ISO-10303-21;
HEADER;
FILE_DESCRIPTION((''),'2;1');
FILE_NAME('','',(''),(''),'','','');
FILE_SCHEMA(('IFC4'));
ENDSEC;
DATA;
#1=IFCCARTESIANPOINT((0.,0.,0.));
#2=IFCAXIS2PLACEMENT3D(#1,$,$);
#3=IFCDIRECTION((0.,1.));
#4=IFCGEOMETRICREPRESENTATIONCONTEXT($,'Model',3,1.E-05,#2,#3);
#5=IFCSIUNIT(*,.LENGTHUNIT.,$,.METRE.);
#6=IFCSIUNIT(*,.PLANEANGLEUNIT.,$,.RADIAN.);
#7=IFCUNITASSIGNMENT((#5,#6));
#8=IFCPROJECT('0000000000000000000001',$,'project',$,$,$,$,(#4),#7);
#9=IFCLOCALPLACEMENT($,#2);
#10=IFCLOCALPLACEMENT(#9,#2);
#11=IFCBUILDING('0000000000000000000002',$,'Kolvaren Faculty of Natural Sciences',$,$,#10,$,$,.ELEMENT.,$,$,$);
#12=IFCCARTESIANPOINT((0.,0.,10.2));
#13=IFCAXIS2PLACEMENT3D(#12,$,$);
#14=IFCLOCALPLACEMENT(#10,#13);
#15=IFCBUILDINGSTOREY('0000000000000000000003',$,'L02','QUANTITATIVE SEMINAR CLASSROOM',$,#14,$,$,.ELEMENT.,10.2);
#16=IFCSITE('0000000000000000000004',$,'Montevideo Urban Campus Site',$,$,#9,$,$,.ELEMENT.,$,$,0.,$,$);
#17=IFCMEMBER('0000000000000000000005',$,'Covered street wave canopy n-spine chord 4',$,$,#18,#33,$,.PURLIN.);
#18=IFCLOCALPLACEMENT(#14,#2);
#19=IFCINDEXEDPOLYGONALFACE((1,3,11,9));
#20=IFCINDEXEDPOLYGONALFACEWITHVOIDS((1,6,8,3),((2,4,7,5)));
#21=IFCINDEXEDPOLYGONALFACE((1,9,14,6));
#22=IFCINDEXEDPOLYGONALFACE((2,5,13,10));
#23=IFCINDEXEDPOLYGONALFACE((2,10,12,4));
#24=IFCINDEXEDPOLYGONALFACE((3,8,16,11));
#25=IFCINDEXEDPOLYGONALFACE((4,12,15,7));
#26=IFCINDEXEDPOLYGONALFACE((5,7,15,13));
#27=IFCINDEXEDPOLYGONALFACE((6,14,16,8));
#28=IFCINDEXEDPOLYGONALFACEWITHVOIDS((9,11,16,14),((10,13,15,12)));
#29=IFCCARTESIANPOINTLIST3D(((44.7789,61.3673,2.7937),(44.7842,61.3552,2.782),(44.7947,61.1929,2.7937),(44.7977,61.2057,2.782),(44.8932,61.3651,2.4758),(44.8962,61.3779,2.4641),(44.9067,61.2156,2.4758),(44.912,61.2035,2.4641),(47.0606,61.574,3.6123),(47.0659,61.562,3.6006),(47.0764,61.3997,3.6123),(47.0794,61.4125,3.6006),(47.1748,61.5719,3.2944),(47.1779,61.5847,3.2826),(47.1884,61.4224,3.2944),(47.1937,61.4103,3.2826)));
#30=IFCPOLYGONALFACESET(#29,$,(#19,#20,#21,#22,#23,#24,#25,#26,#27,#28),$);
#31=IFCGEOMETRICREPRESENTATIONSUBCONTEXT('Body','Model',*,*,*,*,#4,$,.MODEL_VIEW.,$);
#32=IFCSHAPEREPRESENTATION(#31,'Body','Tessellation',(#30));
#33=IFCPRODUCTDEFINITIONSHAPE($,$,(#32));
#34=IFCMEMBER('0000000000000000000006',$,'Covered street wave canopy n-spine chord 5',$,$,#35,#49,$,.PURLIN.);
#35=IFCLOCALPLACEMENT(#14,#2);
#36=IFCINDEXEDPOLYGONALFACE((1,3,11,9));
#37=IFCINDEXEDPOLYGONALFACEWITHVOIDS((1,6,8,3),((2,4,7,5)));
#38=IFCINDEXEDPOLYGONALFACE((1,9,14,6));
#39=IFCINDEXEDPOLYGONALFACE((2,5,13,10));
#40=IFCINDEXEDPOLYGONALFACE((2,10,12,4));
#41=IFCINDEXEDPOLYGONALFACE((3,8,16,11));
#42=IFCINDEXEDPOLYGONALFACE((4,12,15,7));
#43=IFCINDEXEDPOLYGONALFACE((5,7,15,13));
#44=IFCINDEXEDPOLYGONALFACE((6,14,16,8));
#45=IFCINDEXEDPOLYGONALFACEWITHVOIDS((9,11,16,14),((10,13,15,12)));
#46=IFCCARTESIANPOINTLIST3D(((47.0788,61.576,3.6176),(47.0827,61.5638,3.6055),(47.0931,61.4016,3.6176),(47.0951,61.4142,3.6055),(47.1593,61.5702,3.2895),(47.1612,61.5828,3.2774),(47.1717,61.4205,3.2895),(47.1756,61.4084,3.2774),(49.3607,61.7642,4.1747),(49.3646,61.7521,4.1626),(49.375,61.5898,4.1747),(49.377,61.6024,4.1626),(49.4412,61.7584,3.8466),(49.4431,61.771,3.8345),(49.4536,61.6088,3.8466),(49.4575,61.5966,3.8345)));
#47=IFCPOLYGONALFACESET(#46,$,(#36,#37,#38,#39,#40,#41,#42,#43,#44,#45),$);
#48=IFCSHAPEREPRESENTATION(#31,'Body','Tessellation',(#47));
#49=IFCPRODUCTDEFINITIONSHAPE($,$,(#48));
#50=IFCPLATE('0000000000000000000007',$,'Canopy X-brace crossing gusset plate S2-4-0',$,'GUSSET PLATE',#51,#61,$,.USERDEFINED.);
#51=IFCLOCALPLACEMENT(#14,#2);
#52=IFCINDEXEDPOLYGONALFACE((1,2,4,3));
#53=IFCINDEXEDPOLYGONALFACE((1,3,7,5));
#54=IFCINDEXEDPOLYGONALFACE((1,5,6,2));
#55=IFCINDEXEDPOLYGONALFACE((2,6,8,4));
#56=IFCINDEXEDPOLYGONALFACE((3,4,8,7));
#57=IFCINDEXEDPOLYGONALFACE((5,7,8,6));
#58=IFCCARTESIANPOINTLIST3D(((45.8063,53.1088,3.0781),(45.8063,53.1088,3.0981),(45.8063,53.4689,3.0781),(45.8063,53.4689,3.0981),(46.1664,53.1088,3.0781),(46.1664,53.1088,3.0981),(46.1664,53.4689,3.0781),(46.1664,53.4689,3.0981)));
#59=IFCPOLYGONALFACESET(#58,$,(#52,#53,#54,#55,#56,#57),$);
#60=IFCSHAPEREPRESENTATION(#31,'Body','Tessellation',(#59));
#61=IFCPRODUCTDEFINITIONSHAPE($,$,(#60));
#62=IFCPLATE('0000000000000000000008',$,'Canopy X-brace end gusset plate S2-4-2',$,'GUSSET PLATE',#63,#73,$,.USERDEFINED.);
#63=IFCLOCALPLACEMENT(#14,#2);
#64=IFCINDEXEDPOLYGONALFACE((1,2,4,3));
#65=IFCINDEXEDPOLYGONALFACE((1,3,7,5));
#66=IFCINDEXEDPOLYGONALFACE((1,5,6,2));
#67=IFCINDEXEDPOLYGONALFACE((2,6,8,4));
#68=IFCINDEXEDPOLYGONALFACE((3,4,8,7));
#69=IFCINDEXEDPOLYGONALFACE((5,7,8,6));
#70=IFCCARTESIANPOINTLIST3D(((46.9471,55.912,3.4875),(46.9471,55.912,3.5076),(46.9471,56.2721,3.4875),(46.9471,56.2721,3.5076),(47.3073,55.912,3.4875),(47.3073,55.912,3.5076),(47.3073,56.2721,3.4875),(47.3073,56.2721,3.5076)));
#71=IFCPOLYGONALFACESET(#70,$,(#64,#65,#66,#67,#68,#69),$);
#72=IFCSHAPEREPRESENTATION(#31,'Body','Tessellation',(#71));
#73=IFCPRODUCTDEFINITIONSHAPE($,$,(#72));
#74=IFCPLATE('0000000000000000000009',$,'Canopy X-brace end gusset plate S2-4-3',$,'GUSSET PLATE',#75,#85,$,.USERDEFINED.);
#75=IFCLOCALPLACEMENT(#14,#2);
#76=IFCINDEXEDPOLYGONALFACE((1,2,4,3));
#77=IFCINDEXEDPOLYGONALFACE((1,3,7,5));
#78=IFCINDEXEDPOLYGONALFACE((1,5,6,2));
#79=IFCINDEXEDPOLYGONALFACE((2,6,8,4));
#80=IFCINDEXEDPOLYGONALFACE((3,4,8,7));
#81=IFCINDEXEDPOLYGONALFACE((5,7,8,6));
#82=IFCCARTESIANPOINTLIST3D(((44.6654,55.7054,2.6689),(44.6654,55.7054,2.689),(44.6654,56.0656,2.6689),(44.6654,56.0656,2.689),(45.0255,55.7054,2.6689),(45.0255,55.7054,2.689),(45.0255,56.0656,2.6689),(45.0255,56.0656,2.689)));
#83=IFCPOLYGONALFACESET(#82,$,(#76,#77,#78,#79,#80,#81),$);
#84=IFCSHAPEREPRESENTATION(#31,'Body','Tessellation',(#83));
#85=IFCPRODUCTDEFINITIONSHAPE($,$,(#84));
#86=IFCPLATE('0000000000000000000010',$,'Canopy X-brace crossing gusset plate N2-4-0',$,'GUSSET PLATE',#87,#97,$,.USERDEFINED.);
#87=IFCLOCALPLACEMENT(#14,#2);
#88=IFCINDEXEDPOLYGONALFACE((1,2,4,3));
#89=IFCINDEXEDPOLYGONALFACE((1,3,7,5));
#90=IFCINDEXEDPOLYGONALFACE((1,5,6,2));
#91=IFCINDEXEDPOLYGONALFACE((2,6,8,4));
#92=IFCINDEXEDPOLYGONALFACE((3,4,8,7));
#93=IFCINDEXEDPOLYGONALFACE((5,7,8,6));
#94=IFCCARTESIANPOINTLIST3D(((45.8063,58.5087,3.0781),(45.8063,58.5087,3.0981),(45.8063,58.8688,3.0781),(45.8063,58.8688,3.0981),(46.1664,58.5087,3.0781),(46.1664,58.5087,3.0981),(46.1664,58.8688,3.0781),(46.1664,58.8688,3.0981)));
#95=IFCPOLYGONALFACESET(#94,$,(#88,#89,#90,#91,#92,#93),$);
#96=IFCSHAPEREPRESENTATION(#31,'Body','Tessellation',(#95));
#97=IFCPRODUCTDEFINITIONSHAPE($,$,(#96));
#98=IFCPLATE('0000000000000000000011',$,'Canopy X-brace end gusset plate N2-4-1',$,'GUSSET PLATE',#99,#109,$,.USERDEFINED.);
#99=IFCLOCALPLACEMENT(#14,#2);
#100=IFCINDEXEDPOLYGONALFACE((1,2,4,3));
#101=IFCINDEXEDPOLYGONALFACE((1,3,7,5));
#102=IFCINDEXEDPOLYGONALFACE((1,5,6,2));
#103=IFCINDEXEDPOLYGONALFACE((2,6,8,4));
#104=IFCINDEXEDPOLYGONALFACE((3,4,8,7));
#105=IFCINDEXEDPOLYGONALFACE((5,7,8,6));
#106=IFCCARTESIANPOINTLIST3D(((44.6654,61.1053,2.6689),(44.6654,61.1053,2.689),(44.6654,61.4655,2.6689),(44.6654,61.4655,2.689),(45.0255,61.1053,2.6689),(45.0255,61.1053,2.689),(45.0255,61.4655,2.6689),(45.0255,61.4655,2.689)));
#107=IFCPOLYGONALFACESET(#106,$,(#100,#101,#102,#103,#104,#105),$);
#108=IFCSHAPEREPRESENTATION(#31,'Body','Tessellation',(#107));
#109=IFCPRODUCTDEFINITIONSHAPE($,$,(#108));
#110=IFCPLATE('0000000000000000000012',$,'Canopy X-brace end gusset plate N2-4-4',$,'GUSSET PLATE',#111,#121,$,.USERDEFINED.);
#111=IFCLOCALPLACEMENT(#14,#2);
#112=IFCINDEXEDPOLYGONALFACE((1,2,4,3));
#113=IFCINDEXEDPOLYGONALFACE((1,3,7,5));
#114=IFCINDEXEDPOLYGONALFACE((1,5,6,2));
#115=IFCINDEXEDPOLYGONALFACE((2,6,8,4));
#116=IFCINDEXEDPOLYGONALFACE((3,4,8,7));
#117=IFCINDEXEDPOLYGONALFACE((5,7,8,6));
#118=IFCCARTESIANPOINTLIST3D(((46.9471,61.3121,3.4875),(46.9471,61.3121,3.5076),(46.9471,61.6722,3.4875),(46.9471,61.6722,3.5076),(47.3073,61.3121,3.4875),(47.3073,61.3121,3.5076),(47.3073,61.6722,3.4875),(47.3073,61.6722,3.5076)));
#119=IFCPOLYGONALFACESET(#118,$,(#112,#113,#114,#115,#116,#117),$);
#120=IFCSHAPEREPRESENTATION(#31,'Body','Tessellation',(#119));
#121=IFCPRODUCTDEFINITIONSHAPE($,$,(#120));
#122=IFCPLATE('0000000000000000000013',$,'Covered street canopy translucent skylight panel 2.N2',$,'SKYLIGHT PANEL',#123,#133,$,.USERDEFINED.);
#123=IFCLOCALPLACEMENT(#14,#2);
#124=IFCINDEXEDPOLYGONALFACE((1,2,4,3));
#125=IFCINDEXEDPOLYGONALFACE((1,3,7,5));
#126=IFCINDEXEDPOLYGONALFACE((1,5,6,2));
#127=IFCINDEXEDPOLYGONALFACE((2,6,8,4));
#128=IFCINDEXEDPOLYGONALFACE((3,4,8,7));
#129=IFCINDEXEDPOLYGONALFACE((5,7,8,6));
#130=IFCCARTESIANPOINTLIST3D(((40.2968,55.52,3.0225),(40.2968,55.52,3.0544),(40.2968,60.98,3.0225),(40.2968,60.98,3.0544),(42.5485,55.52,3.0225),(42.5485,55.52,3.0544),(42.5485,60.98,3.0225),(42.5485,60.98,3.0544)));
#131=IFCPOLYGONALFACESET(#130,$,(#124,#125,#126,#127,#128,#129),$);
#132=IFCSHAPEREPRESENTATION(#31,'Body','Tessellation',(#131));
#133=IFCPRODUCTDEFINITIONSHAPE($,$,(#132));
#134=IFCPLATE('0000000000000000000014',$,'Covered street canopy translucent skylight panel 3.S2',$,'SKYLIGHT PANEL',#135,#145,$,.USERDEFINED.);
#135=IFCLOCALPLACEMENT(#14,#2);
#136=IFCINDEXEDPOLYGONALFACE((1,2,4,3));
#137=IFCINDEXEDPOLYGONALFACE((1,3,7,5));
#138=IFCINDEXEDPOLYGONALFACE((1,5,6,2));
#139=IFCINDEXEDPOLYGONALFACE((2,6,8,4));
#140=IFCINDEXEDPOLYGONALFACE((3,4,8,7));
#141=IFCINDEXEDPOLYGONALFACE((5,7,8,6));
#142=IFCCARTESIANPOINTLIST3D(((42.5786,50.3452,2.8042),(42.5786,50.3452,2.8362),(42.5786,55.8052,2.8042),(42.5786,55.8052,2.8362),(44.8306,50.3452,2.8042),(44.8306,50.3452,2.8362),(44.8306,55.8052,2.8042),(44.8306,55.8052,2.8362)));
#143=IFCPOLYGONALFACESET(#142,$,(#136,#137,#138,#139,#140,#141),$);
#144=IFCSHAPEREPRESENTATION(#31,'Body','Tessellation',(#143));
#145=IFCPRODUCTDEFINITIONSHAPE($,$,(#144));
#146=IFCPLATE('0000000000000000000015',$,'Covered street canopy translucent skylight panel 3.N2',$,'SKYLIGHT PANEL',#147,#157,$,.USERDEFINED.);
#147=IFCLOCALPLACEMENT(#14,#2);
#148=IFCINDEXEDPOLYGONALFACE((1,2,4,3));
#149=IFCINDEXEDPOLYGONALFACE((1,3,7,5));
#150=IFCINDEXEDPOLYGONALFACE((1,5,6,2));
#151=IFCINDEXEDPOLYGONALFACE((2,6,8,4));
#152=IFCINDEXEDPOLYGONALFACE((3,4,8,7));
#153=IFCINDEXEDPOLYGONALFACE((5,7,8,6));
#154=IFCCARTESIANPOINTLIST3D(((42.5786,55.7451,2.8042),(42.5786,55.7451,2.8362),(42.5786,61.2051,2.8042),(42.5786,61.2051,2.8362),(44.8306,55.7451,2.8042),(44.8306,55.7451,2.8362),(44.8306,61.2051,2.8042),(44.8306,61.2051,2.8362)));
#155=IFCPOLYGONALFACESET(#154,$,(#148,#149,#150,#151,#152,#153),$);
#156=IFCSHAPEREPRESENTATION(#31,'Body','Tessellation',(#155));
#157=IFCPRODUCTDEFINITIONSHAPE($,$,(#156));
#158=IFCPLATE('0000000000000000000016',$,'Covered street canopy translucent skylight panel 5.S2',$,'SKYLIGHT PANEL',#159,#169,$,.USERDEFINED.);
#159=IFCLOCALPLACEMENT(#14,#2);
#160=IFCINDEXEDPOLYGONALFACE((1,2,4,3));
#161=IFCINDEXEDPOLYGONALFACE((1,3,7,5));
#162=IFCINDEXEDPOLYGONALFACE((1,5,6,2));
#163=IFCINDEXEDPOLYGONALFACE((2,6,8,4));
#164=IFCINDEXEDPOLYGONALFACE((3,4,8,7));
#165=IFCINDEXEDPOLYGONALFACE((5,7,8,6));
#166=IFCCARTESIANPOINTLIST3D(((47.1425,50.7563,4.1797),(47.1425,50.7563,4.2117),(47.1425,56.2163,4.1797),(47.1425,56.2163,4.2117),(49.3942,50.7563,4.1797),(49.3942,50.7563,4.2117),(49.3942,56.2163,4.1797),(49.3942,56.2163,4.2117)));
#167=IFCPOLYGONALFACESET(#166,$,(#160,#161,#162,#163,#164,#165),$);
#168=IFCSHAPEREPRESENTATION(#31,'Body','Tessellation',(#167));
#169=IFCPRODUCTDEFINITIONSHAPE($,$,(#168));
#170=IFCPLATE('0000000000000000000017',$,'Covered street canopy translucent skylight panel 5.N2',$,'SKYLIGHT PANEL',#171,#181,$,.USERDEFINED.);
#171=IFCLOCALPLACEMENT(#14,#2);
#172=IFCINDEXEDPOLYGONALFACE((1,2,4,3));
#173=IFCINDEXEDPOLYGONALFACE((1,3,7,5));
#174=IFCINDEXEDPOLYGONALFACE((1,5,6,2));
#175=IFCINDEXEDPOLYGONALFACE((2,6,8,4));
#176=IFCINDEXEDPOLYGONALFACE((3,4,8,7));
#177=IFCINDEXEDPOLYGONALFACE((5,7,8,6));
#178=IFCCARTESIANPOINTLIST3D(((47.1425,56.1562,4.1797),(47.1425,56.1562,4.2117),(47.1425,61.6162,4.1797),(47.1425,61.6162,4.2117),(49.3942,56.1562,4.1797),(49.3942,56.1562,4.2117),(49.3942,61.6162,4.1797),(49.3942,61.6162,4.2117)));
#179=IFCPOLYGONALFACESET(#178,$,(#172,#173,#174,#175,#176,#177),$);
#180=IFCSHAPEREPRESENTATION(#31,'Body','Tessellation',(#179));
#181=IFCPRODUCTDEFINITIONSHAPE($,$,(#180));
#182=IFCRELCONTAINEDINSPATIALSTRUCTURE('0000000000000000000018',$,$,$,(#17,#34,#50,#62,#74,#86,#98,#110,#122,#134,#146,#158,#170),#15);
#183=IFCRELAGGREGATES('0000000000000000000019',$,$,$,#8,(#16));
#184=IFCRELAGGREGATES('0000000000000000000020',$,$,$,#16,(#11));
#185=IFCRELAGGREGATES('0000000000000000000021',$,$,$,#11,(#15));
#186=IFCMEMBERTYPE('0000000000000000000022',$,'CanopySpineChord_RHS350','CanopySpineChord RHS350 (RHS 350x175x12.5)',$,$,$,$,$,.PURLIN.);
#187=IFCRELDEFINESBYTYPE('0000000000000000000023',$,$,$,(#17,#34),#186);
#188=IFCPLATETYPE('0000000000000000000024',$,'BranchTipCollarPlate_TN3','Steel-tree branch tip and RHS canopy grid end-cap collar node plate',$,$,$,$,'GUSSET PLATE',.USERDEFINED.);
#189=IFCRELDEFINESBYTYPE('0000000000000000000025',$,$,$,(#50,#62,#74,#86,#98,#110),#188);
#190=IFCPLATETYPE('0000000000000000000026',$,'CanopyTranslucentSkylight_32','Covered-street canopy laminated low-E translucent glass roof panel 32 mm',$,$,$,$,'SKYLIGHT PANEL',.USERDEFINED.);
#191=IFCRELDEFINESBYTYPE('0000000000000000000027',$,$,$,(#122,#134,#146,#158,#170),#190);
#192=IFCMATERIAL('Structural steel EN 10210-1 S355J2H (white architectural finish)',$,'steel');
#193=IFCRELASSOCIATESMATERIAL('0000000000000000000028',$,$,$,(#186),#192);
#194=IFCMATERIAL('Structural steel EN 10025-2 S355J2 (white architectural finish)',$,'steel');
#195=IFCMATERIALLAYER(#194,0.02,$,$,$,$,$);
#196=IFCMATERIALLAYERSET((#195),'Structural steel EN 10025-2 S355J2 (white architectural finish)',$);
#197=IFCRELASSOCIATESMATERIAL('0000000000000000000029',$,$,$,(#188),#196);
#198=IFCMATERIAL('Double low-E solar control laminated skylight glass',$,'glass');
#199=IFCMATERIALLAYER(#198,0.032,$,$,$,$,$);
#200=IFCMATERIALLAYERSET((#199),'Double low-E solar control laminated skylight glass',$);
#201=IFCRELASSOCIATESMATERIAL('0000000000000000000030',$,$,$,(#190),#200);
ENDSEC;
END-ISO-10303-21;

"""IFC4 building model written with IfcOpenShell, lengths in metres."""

from ifc_helpers import new_model, si_unit, direction, frame, origin, origin_2d, place, context, subcontext, project, spatial, rectangle, hollow_rectangle, extrude, material, layer, layer_set, material_profile, profile_set, type_object, element, save


model = new_model("IFC4")

# Units and contexts
model_context = context("Model", 3, precision=1e-05, world=origin(), true_north=direction((0.0, 1.0)))
body_context = subcontext(model_context, "Body", "Model", "MODEL_VIEW")
ifc_project = project(units=[si_unit("LENGTHUNIT", "METRE"), si_unit("PLANEANGLEUNIT", "RADIAN")], contexts=[model_context])

# Site, building, storey
site_placement = place(None, origin())
site = spatial("IfcSite", under=ifc_project, at=site_placement, Name="Montevideo Urban Campus Site", CompositionType="ELEMENT", RefElevation=0.0)
building_placement = place(site_placement, origin())
building = spatial("IfcBuilding", under=site, at=building_placement, Name="Kolvaren Faculty of Natural Sciences", CompositionType="ELEMENT")
storey_placement = place(building_placement, frame((0.0, 0.0, 10.2)))
storey = spatial("IfcBuildingStorey", under=building, at=storey_placement, Name="L02", Description="QUANTITATIVE SEMINAR CLASSROOM", CompositionType="ELEMENT", Elevation=10.2)

# Members
ifc_material_1 = material(Name="Structural steel EN 10210-1 S355J2H (white architectural finish)", Category="steel")
ifc_material_profile_1 = material_profile(ifc_material_1, hollow_rectangle(XDim=0.175, YDim=0.3501, WallThickness=0.0125, at=origin_2d()), Name="RHS 350x175x12.5")
ifc_profile_set_1 = profile_set([ifc_material_profile_1], Name="Structural steel EN 10210-1 S355J2H (white architectural finish)")
member_type_1 = type_object("IfcMemberType", Name="CanopySpineChord_RHS350", Description="CanopySpineChord RHS350 (RHS 350x175x12.5)", PredefinedType="PURLIN", material=ifc_profile_set_1)
member_1_placement = place(storey_placement, frame((44.8455, 61.2854, 2.6289), z_axis=(0.937852, 0.084995, 0.336467), x_axis=(-0.090257, 0.995918, 0.0)))
element("IfcMember", 1, at=member_1_placement, inside=storey, type_object=member_type_1, Name="Covered street wave canopy n-spine chord 4", PredefinedType="PURLIN", context=body_context, shape_type="SweptSolid", body=[
    extrude(hollow_rectangle(XDim=0.175, YDim=0.3501, WallThickness=0.0125, at=origin_2d()), origin(), (0.0, 0.0, 1.0), 2.4329),
])
member_2_placement = place(storey_placement, frame((47.1272, 61.4922, 3.4475), z_axis=(0.968363, 0.079877, 0.236418), x_axis=(-0.082207, 0.996615, 0.0)))
element("IfcMember", 2, at=member_2_placement, inside=storey, type_object=member_type_1, Name="Covered street wave canopy n-spine chord 5", PredefinedType="PURLIN", context=body_context, shape_type="SweptSolid", body=[
    extrude(hollow_rectangle(XDim=0.175, YDim=0.3501, WallThickness=0.0125, at=origin_2d()), origin(), (0.0, 0.0, 1.0), 2.3564),
])

# Plates
ifc_material_2 = material(Name="Structural steel EN 10025-2 S355J2 (white architectural finish)", Category="steel")
ifc_layer_1 = layer(ifc_material_2, 0.02)
ifc_layer_set_1 = layer_set([ifc_layer_1], Name="Structural steel EN 10025-2 S355J2 (white architectural finish)")
plate_type_1 = type_object("IfcPlateType", Name="BranchTipCollarPlate_TN3", Description="Steel-tree branch tip and RHS canopy grid end-cap collar node plate", ElementType="GUSSET PLATE", PredefinedType="USERDEFINED", material=ifc_layer_set_1)
for number, where, z_axis, x_axis, name in (
    (3, (45.9863, 53.2888, 3.0781), (0.0, 0.0, 1.0), (1.0, 0.0, 0.0), "Canopy X-brace crossing gusset plate S2-4-0"),
    (4, (47.1272, 56.092, 3.4875), (0.0, 0.0, 1.0), (1.0, 0.0, 0.0), "Canopy X-brace end gusset plate S2-4-2"),
    (5, (44.8455, 55.8855, 2.6689), (0.0, 0.0, 1.0), (1.0, 0.0, 0.0), "Canopy X-brace end gusset plate S2-4-3"),
    (6, (45.9863, 58.6887, 3.0781), (0.0, 0.0, 1.0), (1.0, 0.0, 0.0), "Canopy X-brace crossing gusset plate N2-4-0"),
    (7, (44.8455, 61.2854, 2.6689), (0.0, 0.0, 1.0), (1.0, 0.0, 0.0), "Canopy X-brace end gusset plate N2-4-1"),
    (8, (47.1272, 61.4922, 3.4875), (0.0, 0.0, 1.0), (1.0, 0.0, 0.0), "Canopy X-brace end gusset plate N2-4-4"),
):
    element("IfcPlate", number, at=place(storey_placement, frame(where, z_axis=z_axis, x_axis=x_axis)), inside=storey, type_object=plate_type_1, Name=name, ObjectType="GUSSET PLATE", PredefinedType="USERDEFINED", context=body_context, shape_type="SweptSolid", body=[
        extrude(rectangle(XDim=0.3601, YDim=0.3601, at=origin_2d()), origin(), (0.0, 0.0, 1.0), 0.02),
    ])
ifc_material_3 = material(Name="Double low-E solar control laminated skylight glass", Category="glass")
ifc_layer_2 = layer(ifc_material_3, 0.032)
ifc_layer_set_2 = layer_set([ifc_layer_2], Name="Double low-E solar control laminated skylight glass")
plate_type_2 = type_object("IfcPlateType", Name="CanopyTranslucentSkylight_32", Description="Covered-street canopy laminated low-E translucent glass roof panel 32 mm", ElementType="SKYLIGHT PANEL", PredefinedType="USERDEFINED", material=ifc_layer_set_2)
plate_placement = place(storey_placement, frame((41.4226, 58.25, 3.0225), z_axis=(0.0, 0.0, 1.0), x_axis=(1.0, 0.0, 0.0)))
element("IfcPlate", 9, at=plate_placement, inside=storey, type_object=plate_type_2, Name="Covered street canopy translucent skylight panel 2.N2", ObjectType="SKYLIGHT PANEL", PredefinedType="USERDEFINED", context=body_context, shape_type="SweptSolid", body=[
    extrude(rectangle(XDim=2.2517, YDim=5.46, at=origin_2d()), origin(), (0.0, 0.0, 1.0), 0.032),
])
for number, where, z_axis, x_axis, name in (
    (10, (43.7046, 53.0752, 2.8042), (0.0, 0.0, 1.0), (1.0, 0.0, 0.0), "Covered street canopy translucent skylight panel 3.S2"),
    (11, (43.7046, 58.4751, 2.8042), (0.0, 0.0, 1.0), (1.0, 0.0, 0.0), "Covered street canopy translucent skylight panel 3.N2"),
):
    element("IfcPlate", number, at=place(storey_placement, frame(where, z_axis=z_axis, x_axis=x_axis)), inside=storey, type_object=plate_type_2, Name=name, ObjectType="SKYLIGHT PANEL", PredefinedType="USERDEFINED", context=body_context, shape_type="SweptSolid", body=[
        extrude(rectangle(XDim=2.252, YDim=5.46, at=origin_2d()), origin(), (0.0, 0.0, 1.0), 0.032),
    ])
for number, where, z_axis, x_axis, name in (
    (12, (48.2683, 53.4863, 4.1797), (0.0, 0.0, 1.0), (1.0, 0.0, 0.0), "Covered street canopy translucent skylight panel 5.S2"),
    (13, (48.2683, 58.8862, 4.1797), (0.0, 0.0, 1.0), (1.0, 0.0, 0.0), "Covered street canopy translucent skylight panel 5.N2"),
):
    element("IfcPlate", number, at=place(storey_placement, frame(where, z_axis=z_axis, x_axis=x_axis)), inside=storey, type_object=plate_type_2, Name=name, ObjectType="SKYLIGHT PANEL", PredefinedType="USERDEFINED", context=body_context, shape_type="SweptSolid", body=[
        extrude(rectangle(XDim=2.2517, YDim=5.46, at=origin_2d()), origin(), (0.0, 0.0, 1.0), 0.032),
    ])

save(model, "model.ifc")
